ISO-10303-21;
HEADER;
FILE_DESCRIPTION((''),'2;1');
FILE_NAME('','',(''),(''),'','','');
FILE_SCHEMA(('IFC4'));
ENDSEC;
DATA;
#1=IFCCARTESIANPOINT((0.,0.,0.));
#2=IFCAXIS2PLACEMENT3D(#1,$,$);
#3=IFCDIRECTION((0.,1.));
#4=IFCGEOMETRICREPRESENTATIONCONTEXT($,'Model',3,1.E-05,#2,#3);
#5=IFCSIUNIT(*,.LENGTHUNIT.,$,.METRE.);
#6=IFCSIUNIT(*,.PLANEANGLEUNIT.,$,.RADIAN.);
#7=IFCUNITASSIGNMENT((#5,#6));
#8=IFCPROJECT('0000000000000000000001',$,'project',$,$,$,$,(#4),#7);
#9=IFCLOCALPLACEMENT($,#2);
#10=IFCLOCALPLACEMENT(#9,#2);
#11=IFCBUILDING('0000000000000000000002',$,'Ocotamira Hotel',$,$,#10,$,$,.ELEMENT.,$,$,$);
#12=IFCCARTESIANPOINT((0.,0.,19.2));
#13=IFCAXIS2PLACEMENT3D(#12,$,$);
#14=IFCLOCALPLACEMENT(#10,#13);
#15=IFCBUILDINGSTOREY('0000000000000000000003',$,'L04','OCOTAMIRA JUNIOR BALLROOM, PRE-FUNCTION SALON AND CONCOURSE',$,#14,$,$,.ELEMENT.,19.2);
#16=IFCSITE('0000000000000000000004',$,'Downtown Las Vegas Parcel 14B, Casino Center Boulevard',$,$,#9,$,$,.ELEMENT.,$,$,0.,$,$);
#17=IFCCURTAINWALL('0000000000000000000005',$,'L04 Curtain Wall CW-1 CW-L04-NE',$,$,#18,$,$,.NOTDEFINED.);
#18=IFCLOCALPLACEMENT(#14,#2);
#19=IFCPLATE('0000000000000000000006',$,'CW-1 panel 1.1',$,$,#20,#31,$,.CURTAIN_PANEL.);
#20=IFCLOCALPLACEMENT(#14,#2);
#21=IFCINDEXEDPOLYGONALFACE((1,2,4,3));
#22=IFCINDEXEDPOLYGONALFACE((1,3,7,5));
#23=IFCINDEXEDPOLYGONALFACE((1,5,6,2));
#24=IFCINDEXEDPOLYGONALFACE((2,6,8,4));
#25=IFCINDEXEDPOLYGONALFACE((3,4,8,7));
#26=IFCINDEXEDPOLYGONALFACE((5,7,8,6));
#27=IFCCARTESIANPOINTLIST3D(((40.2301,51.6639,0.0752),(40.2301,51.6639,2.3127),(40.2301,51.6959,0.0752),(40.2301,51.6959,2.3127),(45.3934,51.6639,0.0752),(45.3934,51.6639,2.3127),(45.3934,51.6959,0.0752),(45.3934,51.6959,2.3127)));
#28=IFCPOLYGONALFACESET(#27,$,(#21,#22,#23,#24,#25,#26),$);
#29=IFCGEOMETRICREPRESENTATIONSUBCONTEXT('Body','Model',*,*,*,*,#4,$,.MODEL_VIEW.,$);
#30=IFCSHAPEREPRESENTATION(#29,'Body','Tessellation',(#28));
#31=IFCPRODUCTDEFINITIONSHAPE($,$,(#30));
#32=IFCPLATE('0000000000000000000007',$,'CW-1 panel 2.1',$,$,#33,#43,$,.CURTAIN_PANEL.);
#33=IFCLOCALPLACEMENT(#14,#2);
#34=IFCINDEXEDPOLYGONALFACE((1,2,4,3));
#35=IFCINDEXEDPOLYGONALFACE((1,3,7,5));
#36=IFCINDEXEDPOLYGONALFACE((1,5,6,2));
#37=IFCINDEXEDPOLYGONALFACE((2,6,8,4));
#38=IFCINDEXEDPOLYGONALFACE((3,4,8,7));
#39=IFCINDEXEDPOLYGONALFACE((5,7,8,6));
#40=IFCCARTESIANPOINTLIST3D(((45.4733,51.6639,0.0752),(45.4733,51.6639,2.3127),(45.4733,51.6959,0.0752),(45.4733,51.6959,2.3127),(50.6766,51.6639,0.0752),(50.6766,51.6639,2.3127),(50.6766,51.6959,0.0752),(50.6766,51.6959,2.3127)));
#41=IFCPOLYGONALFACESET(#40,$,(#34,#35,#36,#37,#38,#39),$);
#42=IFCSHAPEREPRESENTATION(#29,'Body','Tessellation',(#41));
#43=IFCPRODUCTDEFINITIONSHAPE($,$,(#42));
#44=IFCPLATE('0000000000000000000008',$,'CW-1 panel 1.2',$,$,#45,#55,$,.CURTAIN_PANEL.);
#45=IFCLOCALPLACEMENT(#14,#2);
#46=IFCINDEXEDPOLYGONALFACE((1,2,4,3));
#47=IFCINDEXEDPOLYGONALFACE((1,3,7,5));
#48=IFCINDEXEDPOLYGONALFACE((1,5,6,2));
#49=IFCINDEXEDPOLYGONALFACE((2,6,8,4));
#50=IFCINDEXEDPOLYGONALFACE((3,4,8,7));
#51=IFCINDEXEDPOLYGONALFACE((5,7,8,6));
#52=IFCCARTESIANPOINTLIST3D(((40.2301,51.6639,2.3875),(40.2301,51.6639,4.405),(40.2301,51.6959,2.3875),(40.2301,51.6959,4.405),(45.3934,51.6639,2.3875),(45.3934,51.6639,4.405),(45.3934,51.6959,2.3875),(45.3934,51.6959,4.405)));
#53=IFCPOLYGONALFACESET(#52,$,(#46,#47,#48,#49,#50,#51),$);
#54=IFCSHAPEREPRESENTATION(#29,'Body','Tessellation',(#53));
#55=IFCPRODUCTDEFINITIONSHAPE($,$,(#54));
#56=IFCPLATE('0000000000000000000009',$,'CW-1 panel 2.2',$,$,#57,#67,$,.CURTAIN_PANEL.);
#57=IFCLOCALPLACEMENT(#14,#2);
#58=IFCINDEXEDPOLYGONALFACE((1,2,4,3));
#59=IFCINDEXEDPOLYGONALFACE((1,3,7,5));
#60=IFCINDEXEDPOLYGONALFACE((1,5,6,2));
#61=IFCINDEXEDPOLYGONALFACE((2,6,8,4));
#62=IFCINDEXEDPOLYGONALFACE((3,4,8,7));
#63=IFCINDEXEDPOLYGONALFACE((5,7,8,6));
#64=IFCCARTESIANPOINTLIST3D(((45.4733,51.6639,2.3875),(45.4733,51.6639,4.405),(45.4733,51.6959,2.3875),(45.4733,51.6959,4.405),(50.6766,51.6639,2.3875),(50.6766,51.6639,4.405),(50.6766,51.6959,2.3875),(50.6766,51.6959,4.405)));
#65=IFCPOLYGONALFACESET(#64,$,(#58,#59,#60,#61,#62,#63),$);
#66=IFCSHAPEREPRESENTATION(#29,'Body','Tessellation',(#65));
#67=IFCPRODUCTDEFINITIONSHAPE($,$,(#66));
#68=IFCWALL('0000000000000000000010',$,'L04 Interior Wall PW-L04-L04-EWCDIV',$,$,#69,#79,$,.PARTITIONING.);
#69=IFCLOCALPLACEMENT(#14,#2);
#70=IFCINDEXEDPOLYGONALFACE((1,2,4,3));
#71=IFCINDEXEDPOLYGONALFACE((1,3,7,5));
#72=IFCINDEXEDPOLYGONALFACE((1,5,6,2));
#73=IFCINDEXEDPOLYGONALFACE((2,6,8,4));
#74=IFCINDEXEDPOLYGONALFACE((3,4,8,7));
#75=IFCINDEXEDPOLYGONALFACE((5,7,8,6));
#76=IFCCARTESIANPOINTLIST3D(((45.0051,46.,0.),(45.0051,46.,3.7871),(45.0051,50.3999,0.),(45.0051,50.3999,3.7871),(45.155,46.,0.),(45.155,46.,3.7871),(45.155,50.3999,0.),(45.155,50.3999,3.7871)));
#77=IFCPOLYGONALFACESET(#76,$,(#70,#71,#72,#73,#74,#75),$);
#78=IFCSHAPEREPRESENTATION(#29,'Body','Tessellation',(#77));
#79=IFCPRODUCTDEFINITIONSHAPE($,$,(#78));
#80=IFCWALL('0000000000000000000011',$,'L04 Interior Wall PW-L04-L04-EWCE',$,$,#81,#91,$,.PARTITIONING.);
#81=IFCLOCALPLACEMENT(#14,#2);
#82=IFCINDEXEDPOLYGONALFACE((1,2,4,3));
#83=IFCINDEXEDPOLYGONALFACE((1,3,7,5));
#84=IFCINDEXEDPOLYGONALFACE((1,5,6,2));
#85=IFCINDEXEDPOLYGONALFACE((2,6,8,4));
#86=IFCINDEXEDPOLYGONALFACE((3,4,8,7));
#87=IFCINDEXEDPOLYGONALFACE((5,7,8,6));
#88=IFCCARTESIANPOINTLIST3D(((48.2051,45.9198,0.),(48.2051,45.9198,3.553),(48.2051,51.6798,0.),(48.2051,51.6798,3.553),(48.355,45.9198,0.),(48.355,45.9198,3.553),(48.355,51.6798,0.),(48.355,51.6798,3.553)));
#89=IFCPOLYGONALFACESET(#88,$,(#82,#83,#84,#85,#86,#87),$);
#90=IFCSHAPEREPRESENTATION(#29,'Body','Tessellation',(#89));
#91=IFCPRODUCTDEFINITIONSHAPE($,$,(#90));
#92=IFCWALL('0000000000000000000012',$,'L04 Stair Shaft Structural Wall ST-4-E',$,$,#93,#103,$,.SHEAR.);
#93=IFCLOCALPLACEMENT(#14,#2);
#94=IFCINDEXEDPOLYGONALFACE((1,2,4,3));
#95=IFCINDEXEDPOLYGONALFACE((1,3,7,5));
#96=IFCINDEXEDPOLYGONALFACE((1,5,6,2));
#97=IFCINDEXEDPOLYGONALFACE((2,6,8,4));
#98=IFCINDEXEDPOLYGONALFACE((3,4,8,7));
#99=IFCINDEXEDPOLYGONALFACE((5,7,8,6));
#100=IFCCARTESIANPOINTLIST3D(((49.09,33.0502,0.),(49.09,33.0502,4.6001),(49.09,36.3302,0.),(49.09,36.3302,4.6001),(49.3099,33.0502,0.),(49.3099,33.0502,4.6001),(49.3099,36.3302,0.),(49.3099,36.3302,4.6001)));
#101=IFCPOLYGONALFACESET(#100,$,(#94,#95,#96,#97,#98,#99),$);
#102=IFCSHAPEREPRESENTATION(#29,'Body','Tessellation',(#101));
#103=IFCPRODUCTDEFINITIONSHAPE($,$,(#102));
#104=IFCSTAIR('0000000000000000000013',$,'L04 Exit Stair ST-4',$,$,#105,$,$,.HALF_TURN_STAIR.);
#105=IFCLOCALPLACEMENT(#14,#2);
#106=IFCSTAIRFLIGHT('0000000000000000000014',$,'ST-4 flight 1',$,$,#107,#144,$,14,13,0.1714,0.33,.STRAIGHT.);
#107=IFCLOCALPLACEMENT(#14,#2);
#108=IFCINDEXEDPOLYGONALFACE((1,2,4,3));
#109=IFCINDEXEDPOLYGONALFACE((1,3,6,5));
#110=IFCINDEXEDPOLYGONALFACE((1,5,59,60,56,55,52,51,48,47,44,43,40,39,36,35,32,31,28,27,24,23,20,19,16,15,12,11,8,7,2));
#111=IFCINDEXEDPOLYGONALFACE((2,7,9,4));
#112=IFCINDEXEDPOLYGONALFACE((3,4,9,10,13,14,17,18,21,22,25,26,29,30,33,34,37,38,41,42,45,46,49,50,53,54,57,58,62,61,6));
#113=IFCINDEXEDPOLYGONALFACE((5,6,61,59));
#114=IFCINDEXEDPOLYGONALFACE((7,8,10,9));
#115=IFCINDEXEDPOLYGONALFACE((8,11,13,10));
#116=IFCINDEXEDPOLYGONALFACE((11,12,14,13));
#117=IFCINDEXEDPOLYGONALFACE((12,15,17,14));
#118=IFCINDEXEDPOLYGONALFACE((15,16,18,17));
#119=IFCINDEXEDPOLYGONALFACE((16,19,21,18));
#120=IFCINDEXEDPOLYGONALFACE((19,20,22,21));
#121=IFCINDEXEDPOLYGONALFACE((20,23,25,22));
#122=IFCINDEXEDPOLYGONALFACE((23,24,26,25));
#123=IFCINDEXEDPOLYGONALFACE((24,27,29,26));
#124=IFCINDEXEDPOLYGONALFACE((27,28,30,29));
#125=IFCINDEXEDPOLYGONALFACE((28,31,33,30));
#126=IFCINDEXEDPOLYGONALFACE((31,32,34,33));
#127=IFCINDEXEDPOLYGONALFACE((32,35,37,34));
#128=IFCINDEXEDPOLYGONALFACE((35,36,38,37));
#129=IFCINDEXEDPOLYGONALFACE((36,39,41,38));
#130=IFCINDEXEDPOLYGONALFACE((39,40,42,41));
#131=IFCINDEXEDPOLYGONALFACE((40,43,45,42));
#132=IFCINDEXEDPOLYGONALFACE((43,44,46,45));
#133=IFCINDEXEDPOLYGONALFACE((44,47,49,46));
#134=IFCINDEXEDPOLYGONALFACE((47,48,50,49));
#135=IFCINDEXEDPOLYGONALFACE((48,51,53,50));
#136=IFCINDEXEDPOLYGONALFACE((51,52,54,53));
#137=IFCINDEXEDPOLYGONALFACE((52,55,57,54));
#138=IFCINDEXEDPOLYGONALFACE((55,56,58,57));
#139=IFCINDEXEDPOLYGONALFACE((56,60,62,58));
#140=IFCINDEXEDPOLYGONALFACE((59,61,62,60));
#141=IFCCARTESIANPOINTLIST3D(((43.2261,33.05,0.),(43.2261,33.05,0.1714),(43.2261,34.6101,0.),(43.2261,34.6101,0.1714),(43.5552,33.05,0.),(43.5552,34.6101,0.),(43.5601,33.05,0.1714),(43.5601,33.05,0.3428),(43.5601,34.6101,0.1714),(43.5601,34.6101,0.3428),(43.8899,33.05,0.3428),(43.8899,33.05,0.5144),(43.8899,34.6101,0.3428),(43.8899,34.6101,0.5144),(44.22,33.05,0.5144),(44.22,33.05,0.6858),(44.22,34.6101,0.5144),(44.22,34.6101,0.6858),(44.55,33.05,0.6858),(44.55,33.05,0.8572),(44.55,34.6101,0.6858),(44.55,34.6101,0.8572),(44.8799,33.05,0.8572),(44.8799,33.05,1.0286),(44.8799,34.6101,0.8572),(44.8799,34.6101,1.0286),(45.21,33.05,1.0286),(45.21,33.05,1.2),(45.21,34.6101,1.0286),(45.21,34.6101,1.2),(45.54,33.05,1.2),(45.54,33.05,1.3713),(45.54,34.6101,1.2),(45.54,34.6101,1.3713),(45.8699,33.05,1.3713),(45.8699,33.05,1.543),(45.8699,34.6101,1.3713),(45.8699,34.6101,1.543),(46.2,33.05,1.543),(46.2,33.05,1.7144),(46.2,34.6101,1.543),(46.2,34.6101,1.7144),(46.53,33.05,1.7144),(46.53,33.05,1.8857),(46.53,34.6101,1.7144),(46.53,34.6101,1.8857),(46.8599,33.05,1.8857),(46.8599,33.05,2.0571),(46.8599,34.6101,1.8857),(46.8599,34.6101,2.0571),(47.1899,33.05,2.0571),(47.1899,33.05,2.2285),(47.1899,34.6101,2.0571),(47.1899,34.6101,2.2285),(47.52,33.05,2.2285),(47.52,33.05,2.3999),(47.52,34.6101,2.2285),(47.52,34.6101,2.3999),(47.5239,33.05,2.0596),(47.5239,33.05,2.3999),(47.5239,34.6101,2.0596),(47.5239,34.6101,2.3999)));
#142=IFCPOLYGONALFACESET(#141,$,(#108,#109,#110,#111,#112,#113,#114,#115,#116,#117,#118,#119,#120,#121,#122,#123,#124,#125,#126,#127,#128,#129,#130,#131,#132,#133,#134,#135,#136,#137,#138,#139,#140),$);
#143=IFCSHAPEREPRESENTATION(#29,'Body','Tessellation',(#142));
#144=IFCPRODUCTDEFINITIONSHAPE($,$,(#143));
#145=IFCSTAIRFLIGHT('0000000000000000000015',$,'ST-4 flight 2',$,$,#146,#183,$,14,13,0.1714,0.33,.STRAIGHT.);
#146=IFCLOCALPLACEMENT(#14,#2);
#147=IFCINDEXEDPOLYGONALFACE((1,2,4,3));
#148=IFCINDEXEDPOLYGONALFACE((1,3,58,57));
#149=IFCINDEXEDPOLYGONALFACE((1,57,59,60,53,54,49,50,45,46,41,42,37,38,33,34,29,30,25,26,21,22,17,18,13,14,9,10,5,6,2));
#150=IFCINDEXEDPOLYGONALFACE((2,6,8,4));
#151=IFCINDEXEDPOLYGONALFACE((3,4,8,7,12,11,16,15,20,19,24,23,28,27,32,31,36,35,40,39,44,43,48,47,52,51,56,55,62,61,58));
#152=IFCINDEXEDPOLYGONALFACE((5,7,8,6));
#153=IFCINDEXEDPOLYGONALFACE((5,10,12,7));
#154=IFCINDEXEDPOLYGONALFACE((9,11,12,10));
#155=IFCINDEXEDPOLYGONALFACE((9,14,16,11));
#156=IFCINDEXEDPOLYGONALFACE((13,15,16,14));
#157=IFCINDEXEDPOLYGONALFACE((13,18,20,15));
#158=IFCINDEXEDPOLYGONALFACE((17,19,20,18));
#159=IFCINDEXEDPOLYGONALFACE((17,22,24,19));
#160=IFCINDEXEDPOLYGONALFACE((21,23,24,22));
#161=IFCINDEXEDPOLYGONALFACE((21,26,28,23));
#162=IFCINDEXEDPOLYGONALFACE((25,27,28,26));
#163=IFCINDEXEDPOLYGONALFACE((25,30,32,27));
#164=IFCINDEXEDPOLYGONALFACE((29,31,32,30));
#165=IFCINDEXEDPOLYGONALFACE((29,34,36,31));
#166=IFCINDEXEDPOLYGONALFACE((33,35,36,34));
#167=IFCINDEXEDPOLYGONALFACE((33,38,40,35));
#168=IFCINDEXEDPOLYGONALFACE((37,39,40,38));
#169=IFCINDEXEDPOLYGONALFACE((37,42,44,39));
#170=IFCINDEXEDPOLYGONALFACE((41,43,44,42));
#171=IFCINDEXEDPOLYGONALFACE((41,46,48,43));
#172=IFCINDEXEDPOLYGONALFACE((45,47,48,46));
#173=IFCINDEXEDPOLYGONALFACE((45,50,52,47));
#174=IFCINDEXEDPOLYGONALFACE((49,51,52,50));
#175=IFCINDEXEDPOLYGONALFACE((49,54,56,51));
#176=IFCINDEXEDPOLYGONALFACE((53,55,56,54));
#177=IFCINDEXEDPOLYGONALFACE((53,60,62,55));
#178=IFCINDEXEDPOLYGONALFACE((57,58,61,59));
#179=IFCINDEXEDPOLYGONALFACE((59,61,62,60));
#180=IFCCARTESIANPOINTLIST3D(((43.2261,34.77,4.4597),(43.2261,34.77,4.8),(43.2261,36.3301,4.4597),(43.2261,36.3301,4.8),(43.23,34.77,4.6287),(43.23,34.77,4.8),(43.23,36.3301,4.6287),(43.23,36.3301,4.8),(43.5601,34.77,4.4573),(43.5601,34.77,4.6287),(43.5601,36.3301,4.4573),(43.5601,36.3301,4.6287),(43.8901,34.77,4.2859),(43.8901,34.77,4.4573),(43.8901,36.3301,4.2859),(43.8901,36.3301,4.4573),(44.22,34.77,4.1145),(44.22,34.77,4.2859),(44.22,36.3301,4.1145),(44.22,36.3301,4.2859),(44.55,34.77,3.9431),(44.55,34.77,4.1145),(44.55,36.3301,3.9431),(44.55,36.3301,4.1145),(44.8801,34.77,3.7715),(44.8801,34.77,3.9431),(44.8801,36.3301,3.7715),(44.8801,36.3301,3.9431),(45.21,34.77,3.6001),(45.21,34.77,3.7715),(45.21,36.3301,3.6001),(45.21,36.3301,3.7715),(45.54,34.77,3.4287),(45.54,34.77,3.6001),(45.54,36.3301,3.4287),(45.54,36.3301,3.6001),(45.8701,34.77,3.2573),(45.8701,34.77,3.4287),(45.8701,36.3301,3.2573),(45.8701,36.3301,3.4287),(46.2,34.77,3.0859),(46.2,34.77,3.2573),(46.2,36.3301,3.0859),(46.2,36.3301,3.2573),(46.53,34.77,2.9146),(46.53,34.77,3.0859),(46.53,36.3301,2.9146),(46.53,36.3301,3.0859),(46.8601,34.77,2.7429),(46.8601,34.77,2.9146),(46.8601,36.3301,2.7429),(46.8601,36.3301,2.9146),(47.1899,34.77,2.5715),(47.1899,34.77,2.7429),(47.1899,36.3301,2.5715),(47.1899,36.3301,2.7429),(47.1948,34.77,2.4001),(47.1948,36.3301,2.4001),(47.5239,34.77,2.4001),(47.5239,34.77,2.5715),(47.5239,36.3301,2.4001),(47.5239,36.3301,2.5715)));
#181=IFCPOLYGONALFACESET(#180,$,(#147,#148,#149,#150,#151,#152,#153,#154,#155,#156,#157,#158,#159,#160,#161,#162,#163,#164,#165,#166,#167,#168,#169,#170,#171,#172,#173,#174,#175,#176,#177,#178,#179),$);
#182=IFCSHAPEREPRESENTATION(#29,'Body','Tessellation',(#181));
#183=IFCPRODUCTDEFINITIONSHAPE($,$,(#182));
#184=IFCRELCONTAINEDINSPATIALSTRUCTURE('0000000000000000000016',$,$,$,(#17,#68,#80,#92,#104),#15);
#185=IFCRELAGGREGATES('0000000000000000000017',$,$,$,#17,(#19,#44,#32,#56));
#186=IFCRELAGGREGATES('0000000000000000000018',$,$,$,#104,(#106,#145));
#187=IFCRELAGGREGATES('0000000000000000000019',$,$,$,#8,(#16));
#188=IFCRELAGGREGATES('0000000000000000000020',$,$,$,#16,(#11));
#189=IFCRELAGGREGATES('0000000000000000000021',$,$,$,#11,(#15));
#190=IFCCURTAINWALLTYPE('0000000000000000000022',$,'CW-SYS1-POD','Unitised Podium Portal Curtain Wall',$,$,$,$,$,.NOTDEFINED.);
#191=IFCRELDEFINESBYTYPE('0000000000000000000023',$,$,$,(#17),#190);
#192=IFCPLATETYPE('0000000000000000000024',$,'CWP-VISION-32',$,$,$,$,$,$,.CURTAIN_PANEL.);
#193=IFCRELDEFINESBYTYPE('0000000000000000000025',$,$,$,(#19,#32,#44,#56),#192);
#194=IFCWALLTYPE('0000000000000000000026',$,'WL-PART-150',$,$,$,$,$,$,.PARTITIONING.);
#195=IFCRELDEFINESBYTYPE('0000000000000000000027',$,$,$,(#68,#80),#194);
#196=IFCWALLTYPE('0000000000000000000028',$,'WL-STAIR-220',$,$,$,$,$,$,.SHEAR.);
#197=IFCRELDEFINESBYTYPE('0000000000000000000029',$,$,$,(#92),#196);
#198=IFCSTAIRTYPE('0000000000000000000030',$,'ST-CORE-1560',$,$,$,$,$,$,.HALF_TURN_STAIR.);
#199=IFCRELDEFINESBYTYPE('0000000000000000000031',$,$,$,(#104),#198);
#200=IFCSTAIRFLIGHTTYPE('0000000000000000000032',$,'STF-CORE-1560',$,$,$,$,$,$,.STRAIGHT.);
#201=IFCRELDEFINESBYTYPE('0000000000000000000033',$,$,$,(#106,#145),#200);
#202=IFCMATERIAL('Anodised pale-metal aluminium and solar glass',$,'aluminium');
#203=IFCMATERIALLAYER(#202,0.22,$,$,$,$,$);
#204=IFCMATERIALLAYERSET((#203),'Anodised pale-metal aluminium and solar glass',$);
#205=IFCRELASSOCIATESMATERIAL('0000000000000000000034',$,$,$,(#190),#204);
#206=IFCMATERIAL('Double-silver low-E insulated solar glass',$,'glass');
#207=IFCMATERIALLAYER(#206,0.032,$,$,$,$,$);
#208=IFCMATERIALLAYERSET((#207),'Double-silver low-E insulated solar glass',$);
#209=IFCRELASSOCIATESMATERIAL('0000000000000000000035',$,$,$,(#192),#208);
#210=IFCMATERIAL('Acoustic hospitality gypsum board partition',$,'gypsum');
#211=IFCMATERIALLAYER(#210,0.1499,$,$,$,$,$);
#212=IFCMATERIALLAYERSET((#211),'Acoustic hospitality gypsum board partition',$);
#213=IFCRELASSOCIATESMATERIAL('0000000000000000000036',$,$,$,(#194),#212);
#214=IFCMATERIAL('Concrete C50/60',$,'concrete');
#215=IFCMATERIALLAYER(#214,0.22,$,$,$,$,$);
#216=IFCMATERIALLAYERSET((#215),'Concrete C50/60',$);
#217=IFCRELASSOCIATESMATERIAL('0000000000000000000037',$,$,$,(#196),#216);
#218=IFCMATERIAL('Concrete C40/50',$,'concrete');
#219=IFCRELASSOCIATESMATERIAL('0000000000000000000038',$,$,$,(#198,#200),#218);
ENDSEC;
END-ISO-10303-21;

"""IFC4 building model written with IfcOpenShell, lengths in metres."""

from ifc_helpers import new_model, si_unit, direction, frame, frame_2d, origin, origin_2d, place, context, subcontext, project, spatial, polyline, rectangle, outline, extrude, source, transform, mapped, material, layer, layer_set, type_object, element, aggregate, save


model = new_model("IFC4")

# Units and contexts
model_context = context("Model", 3, precision=1e-05, world=origin(), true_north=direction((0.0, 1.0)))
body_context = subcontext(model_context, "Body", "Model", "MODEL_VIEW")
ifc_project = project(units=[si_unit("LENGTHUNIT", "METRE"), si_unit("PLANEANGLEUNIT", "RADIAN")], contexts=[model_context])

# Site, building, storey
site_placement = place(None, origin())
site = spatial("IfcSite", under=ifc_project, at=site_placement, Name="Downtown Las Vegas Parcel 14B, Casino Center Boulevard", CompositionType="ELEMENT", RefElevation=0.0)
building_placement = place(site_placement, origin())
building = spatial("IfcBuilding", under=site, at=building_placement, Name="Ocotamira Hotel", CompositionType="ELEMENT")
storey_placement = place(building_placement, frame((0.0, 0.0, 19.2)))
storey = spatial("IfcBuildingStorey", under=building, at=storey_placement, Name="L04", Description="OCOTAMIRA JUNIOR BALLROOM, PRE-FUNCTION SALON AND CONCOURSE", CompositionType="ELEMENT", Elevation=19.2)

# Curtain wall, plates
ifc_material_1 = material(Name="Anodised pale-metal aluminium and solar glass", Category="aluminium")
ifc_layer_1 = layer(ifc_material_1, 0.22)
ifc_layer_set_1 = layer_set([ifc_layer_1], Name="Anodised pale-metal aluminium and solar glass")
curtain_wall_type = type_object("IfcCurtainWallType", Name="CW-SYS1-POD", Description="Unitised Podium Portal Curtain Wall", PredefinedType="NOTDEFINED", material=ifc_layer_set_1)
curtain_wall_placement = place(storey_placement, origin())
curtain_wall = element("IfcCurtainWall", 1, at=curtain_wall_placement, inside=storey, type_object=curtain_wall_type, Name="L04 Curtain Wall CW-1 CW-L04-NE", PredefinedType="NOTDEFINED")
ifc_material_2 = material(Name="Double-silver low-E insulated solar glass", Category="glass")
ifc_layer_2 = layer(ifc_material_2, 0.032)
ifc_layer_set_2 = layer_set([ifc_layer_2], Name="Double-silver low-E insulated solar glass")
plate_type = type_object("IfcPlateType", Name="CWP-VISION-32", PredefinedType="CURTAIN_PANEL", material=ifc_layer_set_2)
shared_shape_1 = source(origin(), body_context, "Body", "SweptSolid", [
    extrude(rectangle(XDim=5.1633, YDim=0.032, at=origin_2d()), origin(), (0.0, 0.0, 1.0), 2.2375),
])
plate_1_placement = place(storey_placement, frame((42.8118, 51.6799, 0.0752), z_axis=(0.0, 0.0, 1.0), x_axis=(1.0, 0.0, 0.0)))
plate_1 = element("IfcPlate", 2, at=plate_1_placement, type_object=plate_type, Name="CW-1 panel 1.1", PredefinedType="CURTAIN_PANEL", context=body_context, shape_type="MappedRepresentation", body=[
    mapped(shared_shape_1, transform((0.0, 0.0, 0.0), scale=1.0)),
])
shared_shape_2 = source(origin(), body_context, "Body", "SweptSolid", [
    extrude(rectangle(XDim=5.2034, YDim=0.032, at=origin_2d()), origin(), (0.0, 0.0, 1.0), 2.2375),
])
plate_2_placement = place(storey_placement, frame((48.075, 51.6799, 0.0752), z_axis=(0.0, 0.0, 1.0), x_axis=(1.0, 0.0, 0.0)))
plate_2 = element("IfcPlate", 3, at=plate_2_placement, type_object=plate_type, Name="CW-1 panel 2.1", PredefinedType="CURTAIN_PANEL", context=body_context, shape_type="MappedRepresentation", body=[
    mapped(shared_shape_2, transform((0.0, 0.0, 0.0), scale=1.0)),
])
shared_shape_3 = source(origin(), body_context, "Body", "SweptSolid", [
    extrude(rectangle(XDim=5.1633, YDim=0.032, at=origin_2d()), origin(), (0.0, 0.0, 1.0), 2.0176),
])
plate_3_placement = place(storey_placement, frame((42.8118, 51.6799, 2.3875), z_axis=(0.0, 0.0, 1.0), x_axis=(1.0, 0.0, 0.0)))
plate_3 = element("IfcPlate", 4, at=plate_3_placement, type_object=plate_type, Name="CW-1 panel 1.2", PredefinedType="CURTAIN_PANEL", context=body_context, shape_type="MappedRepresentation", body=[
    mapped(shared_shape_3, transform((0.0, 0.0, 0.0), scale=1.0)),
])
shared_shape_4 = source(origin(), body_context, "Body", "SweptSolid", [
    extrude(rectangle(XDim=5.2034, YDim=0.032, at=origin_2d()), origin(), (0.0, 0.0, 1.0), 2.0176),
])
plate_4_placement = place(storey_placement, frame((48.075, 51.6799, 2.3875), z_axis=(0.0, 0.0, 1.0), x_axis=(1.0, 0.0, 0.0)))
plate_4 = element("IfcPlate", 5, at=plate_4_placement, type_object=plate_type, Name="CW-1 panel 2.2", PredefinedType="CURTAIN_PANEL", context=body_context, shape_type="MappedRepresentation", body=[
    mapped(shared_shape_4, transform((0.0, 0.0, 0.0), scale=1.0)),
])
aggregate(curtain_wall, [plate_1, plate_3, plate_2, plate_4])

# Walls
ifc_material_3 = material(Name="Acoustic hospitality gypsum board partition", Category="gypsum")
ifc_layer_3 = layer(ifc_material_3, 0.1499)
ifc_layer_set_3 = layer_set([ifc_layer_3], Name="Acoustic hospitality gypsum board partition")
wall_type_1 = type_object("IfcWallType", Name="WL-PART-150", PredefinedType="PARTITIONING", material=ifc_layer_set_3)
wall_1_placement = place(storey_placement, frame((45.0801, 46.0, 0.0), z_axis=(0.0, 0.0, 1.0), x_axis=(0.0, 1.0, 0.0)))
element("IfcWall", 6, at=wall_1_placement, inside=storey, type_object=wall_type_1, Name="L04 Interior Wall PW-L04-L04-EWCDIV", PredefinedType="PARTITIONING", context=body_context, shape_type="SweptSolid", body=[
    extrude(rectangle(XDim=4.3999, YDim=0.1499, at=frame_2d((2.2, 0.0))), origin(), (0.0, 0.0, 1.0), 3.7871),
])
wall_2_placement = place(storey_placement, frame((48.28, 45.9199, 0.0), z_axis=(0.0, 0.0, 1.0), x_axis=(0.0, 1.0, 0.0)))
element("IfcWall", 7, at=wall_2_placement, inside=storey, type_object=wall_type_1, Name="L04 Interior Wall PW-L04-L04-EWCE", PredefinedType="PARTITIONING", context=body_context, shape_type="SweptSolid", body=[
    extrude(rectangle(XDim=5.76, YDim=0.1499, at=frame_2d((2.8799, 0.0))), origin(), (0.0, 0.0, 1.0), 3.553),
])
ifc_material_4 = material(Name="Concrete C50/60", Category="concrete")
ifc_layer_4 = layer(ifc_material_4, 0.22)
ifc_layer_set_4 = layer_set([ifc_layer_4], Name="Concrete C50/60")
wall_type_2 = type_object("IfcWallType", Name="WL-STAIR-220", PredefinedType="SHEAR", material=ifc_layer_set_4)
wall_3_placement = place(storey_placement, frame((49.2, 33.05, 0.0), z_axis=(0.0, 0.0, 1.0), x_axis=(0.0, 1.0, 0.0)))
element("IfcWall", 8, at=wall_3_placement, inside=storey, type_object=wall_type_2, Name="L04 Stair Shaft Structural Wall ST-4-E", PredefinedType="SHEAR", context=body_context, shape_type="SweptSolid", body=[
    extrude(rectangle(XDim=3.28, YDim=0.22, at=frame_2d((1.6401, 0.0))), origin(), (0.0, 0.0, 1.0), 4.6001),
])

# Stair, stair flights
ifc_material_5 = material(Name="Concrete C40/50", Category="concrete")
stair_type = type_object("IfcStairType", Name="ST-CORE-1560", PredefinedType="HALF_TURN_STAIR", material=ifc_material_5)
stair_placement = place(storey_placement, origin())
stair = element("IfcStair", 9, at=stair_placement, inside=storey, type_object=stair_type, Name="L04 Exit Stair ST-4", PredefinedType="HALF_TURN_STAIR")
stair_flight_type = type_object("IfcStairFlightType", Name="STF-CORE-1560", PredefinedType="STRAIGHT", material=ifc_material_5)
shared_shape_5 = source(origin(), body_context, "Body", "SweptSolid", [
    extrude(outline(polyline([(-0.0039, 0.0), (-0.0039, 0.1714), (0.3301, 0.1714), (0.3301, 0.3428), (0.6599, 0.3428), (0.6599, 0.5144), (0.99, 0.5144), (0.99, 0.6858), (1.3201, 0.6858), (1.3201, 0.8572), (1.6499, 0.8572), (1.6499, 1.0286), (1.98, 1.0286), (1.98, 1.2), (2.3101, 1.2), (2.3101, 1.3713), (2.6399, 1.3713), (2.6399, 1.543), (2.97, 1.543), (2.97, 1.7144), (3.3, 1.7144), (3.3, 1.8857), (3.6299, 1.8857), (3.6299, 2.0571), (3.96, 2.0571), (3.96, 2.2285), (4.29, 2.2285), (4.29, 2.3999), (4.2939, 2.3999), (4.2939, 2.0596), (0.3252, 0.0), (-0.0039, 0.0)])), frame((0.0, 0.78, 0.0), z_axis=(0.0, -1.0, 0.0), x_axis=(1.0, 0.0, 0.0)), (0.0, 0.0, 1.0), 1.5601),
])
stair_flight_1_placement = place(storey_placement, frame((43.23, 33.8301, 0.0), z_axis=(0.0, 0.0, 1.0), x_axis=(1.0, 0.0, 0.0)))
stair_flight_1 = element("IfcStairFlight", 10, at=stair_flight_1_placement, type_object=stair_flight_type, Name="ST-4 flight 1", NumberOfRisers=14, NumberOfTreads=13, PredefinedType="STRAIGHT", RiserHeight=0.1714, TreadLength=0.33, context=body_context, shape_type="MappedRepresentation", body=[
    mapped(shared_shape_5, transform((0.0, 0.0, 0.0), scale=1.0)),
])
stair_flight_2_placement = place(storey_placement, frame((47.52, 35.55, 2.4001), z_axis=(0.0, 0.0, 1.0), x_axis=(-1.0, 0.0, 0.0)))
stair_flight_2 = element("IfcStairFlight", 11, at=stair_flight_2_placement, type_object=stair_flight_type, Name="ST-4 flight 2", NumberOfRisers=14, NumberOfTreads=13, PredefinedType="STRAIGHT", RiserHeight=0.1714, TreadLength=0.33, context=body_context, shape_type="MappedRepresentation", body=[
    mapped(shared_shape_5, transform((0.0, 0.0, 0.0), scale=1.0)),
])
aggregate(stair, [stair_flight_1, stair_flight_2])

save(model, "model.ifc")
